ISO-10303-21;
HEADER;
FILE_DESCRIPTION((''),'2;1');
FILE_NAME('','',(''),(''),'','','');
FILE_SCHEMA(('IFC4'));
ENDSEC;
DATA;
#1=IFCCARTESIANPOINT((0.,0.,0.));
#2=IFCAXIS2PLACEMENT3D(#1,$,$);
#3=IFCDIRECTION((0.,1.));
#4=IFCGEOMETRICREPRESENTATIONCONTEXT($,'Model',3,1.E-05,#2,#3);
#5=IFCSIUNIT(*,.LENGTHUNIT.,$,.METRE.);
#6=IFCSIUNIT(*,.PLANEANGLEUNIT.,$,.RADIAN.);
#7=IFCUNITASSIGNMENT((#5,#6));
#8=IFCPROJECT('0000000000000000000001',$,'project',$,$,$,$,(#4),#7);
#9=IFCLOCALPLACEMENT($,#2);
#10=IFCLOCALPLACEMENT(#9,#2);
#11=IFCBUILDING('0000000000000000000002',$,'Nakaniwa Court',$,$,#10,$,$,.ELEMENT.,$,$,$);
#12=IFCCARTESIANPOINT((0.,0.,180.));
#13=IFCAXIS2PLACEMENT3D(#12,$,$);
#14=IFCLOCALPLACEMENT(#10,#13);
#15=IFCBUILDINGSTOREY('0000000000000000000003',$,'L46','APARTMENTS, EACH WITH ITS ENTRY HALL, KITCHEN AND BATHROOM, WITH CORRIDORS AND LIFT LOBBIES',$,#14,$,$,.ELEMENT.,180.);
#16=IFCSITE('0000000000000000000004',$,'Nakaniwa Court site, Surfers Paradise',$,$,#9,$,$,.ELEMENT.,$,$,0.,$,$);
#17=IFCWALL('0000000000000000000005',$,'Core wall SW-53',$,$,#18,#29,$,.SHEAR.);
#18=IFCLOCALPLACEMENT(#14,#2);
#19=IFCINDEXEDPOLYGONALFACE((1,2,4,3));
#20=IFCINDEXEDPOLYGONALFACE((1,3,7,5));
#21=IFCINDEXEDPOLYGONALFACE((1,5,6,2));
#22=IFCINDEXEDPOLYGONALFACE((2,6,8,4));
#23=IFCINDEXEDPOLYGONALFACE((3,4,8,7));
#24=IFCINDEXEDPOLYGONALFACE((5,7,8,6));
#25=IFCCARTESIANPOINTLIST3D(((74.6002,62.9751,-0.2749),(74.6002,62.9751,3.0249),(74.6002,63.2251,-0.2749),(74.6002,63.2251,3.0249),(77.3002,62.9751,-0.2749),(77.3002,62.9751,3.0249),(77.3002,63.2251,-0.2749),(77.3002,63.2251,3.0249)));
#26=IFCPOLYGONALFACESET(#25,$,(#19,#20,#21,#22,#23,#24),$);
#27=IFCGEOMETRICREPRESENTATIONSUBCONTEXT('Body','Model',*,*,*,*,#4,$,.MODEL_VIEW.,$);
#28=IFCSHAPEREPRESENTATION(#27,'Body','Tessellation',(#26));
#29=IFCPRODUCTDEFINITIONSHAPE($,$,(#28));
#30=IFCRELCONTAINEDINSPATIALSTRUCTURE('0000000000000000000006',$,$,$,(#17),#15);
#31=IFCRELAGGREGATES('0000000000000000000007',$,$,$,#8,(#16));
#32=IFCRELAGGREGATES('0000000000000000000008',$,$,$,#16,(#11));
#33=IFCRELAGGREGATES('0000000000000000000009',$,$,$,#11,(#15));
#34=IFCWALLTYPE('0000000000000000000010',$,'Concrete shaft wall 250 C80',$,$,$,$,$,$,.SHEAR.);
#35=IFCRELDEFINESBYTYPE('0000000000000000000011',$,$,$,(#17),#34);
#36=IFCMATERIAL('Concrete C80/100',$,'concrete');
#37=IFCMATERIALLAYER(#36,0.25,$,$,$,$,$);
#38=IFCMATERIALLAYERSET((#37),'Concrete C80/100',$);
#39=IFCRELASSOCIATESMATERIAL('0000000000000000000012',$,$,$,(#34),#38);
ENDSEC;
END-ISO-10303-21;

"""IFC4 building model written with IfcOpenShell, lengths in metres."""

from ifc_helpers import new_model, si_unit, direction, frame, frame_2d, origin, place, context, subcontext, project, spatial, rectangle, extrude, material, layer, layer_set, type_object, element, save


model = new_model("IFC4")

# Units and contexts
model_context = context("Model", 3, precision=1e-05, world=origin(), true_north=direction((0.0, 1.0)))
body_context = subcontext(model_context, "Body", "Model", "MODEL_VIEW")
ifc_project = project(units=[si_unit("LENGTHUNIT", "METRE"), si_unit("PLANEANGLEUNIT", "RADIAN")], contexts=[model_context])

# Site, building, storey
site_placement = place(None, origin())
site = spatial("IfcSite", under=ifc_project, at=site_placement, Name="Nakaniwa Court site, Surfers Paradise", CompositionType="ELEMENT", RefElevation=0.0)
building_placement = place(site_placement, origin())
building = spatial("IfcBuilding", under=site, at=building_placement, Name="Nakaniwa Court", CompositionType="ELEMENT")
storey_placement = place(building_placement, frame((0.0, 0.0, 180.0)))
storey = spatial("IfcBuildingStorey", under=building, at=storey_placement, Name="L46", Description="APARTMENTS, EACH WITH ITS ENTRY HALL, KITCHEN AND BATHROOM, WITH CORRIDORS AND LIFT LOBBIES", CompositionType="ELEMENT", Elevation=180.0)

# Shared definitions
ifc_material_1 = material(Name="Concrete C80/100", Category="concrete")

# Wall
ifc_layer_1 = layer(ifc_material_1, 0.25)
ifc_layer_set_1 = layer_set([ifc_layer_1], Name="Concrete C80/100")
wall_type_1 = type_object("IfcWallType", Name="Concrete shaft wall 250 C80", PredefinedType="SHEAR", material=ifc_layer_set_1)
wall_1_placement = place(storey_placement, frame((74.6001, 63.1001, -0.2749), z_axis=(0.0, 0.0, 1.0), x_axis=(1.0, 0.0, 0.0)))
element("IfcWall", 1, at=wall_1_placement, inside=storey, type_object=wall_type_1, Name="Core wall SW-53", PredefinedType="SHEAR", context=body_context, shape_type="SweptSolid", body=[
    extrude(rectangle(XDim=2.7, YDim=0.25, at=frame_2d((1.3501, 0.0))), origin(), (0.0, 0.0, 1.0), 3.2998),
])

save(model, "model.ifc")
